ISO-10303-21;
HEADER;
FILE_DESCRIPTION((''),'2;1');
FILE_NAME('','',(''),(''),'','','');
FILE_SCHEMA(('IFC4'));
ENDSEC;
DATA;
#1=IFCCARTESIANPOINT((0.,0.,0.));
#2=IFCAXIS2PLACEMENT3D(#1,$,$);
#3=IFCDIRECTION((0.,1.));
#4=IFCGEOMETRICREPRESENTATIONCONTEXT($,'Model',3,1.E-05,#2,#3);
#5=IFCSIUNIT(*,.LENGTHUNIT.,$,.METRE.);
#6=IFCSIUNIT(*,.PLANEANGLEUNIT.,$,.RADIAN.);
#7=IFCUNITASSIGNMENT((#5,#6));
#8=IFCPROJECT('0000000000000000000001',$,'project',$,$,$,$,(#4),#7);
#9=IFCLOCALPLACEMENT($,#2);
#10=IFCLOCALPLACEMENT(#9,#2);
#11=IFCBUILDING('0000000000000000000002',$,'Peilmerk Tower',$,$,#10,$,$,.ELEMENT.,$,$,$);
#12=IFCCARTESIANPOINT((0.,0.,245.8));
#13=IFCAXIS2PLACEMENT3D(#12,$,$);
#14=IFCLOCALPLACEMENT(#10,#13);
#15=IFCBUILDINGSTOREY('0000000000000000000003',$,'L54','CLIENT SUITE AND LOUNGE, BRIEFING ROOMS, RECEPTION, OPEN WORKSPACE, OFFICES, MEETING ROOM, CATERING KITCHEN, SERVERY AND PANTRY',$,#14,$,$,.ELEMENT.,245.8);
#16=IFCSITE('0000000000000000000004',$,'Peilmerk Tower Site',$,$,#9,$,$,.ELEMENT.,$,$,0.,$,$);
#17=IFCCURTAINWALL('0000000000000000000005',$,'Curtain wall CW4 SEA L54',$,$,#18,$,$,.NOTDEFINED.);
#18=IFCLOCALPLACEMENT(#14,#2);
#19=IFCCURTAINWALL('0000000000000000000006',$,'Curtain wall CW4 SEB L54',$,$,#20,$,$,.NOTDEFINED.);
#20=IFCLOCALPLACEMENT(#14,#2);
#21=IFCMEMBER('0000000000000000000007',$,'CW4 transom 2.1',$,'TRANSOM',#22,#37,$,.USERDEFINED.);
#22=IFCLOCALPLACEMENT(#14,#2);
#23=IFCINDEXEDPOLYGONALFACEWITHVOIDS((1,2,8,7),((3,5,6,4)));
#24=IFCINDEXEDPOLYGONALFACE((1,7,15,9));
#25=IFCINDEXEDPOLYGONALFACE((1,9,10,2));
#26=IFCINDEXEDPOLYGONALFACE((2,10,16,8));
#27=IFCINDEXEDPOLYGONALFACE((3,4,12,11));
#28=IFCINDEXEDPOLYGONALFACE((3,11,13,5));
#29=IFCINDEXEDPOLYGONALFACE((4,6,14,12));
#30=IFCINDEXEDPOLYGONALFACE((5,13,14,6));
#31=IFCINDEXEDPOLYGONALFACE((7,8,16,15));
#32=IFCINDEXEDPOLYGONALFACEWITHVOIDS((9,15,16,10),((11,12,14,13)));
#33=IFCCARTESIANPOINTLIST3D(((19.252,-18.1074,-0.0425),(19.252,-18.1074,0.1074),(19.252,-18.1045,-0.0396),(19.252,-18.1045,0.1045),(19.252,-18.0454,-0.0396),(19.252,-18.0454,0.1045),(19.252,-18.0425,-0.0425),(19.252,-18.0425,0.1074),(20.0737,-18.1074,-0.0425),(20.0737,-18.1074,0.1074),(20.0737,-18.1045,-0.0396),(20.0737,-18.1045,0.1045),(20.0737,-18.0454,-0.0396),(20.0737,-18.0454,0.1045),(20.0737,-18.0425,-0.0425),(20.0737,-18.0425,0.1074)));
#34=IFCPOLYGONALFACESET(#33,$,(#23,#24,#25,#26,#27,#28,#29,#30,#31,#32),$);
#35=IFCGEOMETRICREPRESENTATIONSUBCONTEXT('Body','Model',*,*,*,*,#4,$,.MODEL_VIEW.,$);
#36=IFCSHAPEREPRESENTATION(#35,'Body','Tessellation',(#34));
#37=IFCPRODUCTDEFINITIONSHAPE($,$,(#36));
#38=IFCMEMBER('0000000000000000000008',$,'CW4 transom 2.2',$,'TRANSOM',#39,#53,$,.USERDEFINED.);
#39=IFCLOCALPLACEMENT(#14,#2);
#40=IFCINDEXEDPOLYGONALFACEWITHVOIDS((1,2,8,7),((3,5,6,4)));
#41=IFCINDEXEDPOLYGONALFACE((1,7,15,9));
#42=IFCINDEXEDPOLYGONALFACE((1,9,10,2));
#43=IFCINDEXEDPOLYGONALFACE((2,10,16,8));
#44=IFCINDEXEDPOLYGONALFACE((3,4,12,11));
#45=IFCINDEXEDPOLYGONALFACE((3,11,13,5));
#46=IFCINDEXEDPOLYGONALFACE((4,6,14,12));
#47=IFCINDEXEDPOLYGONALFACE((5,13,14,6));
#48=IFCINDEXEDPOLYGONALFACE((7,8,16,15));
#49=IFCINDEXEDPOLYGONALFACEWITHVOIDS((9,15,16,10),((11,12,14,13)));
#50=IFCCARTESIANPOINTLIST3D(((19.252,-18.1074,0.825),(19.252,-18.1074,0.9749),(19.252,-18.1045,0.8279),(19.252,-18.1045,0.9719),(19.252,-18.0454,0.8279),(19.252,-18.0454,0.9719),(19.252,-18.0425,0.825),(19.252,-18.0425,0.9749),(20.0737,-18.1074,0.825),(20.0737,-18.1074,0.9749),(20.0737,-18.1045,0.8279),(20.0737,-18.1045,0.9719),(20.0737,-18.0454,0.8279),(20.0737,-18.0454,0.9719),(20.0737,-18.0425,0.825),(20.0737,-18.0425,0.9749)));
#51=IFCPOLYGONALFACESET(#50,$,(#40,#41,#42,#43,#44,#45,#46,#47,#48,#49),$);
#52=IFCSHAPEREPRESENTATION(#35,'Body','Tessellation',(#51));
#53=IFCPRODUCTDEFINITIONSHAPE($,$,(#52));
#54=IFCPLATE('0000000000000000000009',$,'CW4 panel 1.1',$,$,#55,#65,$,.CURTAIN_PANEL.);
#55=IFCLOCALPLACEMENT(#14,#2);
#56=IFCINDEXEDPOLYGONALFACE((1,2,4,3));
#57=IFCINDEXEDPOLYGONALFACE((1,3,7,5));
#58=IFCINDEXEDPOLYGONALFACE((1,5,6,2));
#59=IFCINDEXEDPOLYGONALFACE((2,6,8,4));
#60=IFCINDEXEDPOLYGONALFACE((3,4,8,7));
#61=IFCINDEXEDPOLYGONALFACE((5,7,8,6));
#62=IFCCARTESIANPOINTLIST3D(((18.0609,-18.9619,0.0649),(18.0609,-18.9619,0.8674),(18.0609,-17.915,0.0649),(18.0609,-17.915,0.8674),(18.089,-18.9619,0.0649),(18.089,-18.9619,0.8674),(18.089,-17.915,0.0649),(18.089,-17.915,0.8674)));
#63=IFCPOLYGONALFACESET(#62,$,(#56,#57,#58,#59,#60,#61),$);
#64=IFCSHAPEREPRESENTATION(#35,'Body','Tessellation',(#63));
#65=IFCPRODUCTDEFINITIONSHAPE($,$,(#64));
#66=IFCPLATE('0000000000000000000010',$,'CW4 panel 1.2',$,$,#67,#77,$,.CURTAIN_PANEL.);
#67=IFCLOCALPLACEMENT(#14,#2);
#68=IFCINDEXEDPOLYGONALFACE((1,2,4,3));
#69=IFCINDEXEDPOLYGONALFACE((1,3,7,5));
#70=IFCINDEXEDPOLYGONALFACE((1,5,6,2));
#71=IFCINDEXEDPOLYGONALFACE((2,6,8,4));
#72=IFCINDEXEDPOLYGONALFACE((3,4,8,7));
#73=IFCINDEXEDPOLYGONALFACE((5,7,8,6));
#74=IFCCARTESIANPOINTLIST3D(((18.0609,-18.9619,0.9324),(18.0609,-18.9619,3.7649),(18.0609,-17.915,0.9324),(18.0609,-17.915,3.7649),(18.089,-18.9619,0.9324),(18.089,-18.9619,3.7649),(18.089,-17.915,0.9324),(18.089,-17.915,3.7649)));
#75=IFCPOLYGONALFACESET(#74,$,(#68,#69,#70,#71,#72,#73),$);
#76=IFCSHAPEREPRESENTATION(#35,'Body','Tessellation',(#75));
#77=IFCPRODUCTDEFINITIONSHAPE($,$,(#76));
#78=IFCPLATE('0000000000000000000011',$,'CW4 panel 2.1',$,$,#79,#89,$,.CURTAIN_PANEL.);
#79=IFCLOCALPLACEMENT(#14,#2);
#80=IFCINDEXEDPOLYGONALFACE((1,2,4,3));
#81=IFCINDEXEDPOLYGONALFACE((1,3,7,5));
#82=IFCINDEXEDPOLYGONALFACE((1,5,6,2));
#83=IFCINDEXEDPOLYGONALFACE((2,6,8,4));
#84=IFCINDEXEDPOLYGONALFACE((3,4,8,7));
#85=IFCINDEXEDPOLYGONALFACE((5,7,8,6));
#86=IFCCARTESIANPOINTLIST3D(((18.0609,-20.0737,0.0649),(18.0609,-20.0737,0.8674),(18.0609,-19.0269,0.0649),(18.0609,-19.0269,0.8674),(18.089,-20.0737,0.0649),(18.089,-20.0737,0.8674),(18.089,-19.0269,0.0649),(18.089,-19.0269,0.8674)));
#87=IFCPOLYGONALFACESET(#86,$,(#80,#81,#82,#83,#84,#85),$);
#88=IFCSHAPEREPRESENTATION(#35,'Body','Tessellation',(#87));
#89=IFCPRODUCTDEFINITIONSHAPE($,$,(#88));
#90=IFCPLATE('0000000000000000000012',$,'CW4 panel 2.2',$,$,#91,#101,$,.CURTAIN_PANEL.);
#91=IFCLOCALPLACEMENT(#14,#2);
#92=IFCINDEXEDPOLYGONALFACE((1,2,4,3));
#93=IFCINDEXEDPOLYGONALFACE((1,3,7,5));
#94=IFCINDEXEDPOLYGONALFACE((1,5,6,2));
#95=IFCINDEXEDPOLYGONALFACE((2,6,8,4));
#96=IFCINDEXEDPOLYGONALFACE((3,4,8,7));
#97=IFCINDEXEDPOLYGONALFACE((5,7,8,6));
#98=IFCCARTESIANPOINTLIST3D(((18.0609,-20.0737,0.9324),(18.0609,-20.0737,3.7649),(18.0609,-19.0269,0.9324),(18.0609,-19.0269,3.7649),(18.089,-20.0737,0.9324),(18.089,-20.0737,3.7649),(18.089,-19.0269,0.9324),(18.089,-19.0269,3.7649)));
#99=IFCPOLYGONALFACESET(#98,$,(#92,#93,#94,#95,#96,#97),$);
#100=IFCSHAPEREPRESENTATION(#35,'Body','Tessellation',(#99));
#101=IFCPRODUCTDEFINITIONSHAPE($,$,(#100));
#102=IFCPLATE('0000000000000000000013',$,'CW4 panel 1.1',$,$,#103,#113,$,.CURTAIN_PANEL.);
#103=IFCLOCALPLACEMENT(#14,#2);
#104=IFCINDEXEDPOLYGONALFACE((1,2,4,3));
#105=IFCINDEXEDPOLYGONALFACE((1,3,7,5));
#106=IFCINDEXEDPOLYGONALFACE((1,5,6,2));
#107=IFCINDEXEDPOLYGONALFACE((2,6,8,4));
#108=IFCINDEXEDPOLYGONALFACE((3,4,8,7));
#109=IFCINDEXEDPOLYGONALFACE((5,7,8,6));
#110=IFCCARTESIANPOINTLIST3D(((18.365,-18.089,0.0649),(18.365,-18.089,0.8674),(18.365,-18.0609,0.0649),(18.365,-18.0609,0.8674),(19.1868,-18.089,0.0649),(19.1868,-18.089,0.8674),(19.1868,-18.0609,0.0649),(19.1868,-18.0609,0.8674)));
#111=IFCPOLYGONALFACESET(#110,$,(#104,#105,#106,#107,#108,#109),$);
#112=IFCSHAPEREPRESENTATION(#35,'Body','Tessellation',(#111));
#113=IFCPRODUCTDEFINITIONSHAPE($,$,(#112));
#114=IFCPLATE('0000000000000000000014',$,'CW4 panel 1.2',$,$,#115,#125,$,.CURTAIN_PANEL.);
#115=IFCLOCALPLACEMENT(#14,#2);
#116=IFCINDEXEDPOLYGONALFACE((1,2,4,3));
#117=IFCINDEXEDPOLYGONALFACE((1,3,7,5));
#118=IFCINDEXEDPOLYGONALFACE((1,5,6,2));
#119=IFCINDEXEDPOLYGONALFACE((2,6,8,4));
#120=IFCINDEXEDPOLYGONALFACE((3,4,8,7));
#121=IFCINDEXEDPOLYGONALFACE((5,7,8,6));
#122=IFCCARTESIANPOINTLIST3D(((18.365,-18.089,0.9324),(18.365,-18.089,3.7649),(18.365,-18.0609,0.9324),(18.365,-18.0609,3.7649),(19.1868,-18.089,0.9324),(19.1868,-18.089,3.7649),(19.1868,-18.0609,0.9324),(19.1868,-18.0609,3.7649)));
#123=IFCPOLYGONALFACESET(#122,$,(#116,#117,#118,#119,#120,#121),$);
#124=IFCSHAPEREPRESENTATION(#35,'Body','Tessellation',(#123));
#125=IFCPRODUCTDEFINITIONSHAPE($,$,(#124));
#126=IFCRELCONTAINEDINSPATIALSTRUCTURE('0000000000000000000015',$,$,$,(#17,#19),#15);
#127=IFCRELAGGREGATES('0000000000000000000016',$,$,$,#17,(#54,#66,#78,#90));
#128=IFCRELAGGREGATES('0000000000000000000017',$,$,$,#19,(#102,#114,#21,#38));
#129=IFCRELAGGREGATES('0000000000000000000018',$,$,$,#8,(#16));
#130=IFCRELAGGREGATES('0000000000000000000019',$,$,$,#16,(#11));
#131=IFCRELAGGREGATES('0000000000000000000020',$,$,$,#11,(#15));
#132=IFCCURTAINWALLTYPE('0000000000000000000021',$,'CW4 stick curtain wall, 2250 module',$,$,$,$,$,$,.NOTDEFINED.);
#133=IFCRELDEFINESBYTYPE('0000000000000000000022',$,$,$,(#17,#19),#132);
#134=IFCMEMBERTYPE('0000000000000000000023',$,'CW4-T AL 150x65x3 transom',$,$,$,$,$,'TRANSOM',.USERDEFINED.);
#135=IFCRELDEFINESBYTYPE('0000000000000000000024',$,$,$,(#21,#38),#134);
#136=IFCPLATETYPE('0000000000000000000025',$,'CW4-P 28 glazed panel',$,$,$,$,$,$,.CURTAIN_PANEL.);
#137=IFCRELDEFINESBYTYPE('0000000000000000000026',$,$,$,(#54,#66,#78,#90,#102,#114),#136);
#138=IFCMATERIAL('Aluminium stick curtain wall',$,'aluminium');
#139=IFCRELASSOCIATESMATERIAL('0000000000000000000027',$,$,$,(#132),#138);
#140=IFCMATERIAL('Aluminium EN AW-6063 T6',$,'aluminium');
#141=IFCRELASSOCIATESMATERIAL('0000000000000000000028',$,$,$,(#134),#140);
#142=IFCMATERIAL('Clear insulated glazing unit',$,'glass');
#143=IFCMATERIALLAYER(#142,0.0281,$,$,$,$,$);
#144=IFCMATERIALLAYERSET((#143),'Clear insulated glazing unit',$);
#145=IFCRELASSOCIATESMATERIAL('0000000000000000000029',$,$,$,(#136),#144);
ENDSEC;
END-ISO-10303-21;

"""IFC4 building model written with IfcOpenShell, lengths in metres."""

from ifc_helpers import new_model, si_unit, direction, frame, origin, origin_2d, place, context, subcontext, project, spatial, rectangle, hollow_rectangle, extrude, material, layer, layer_set, material_profile, profile_set, type_object, element, aggregate, save


model = new_model("IFC4")

# Units and contexts
model_context = context("Model", 3, precision=1e-05, world=origin(), true_north=direction((0.0, 1.0)))
body_context = subcontext(model_context, "Body", "Model", "MODEL_VIEW")
ifc_project = project(units=[si_unit("LENGTHUNIT", "METRE"), si_unit("PLANEANGLEUNIT", "RADIAN")], contexts=[model_context])

# Site, building, storey
site_placement = place(None, origin())
site = spatial("IfcSite", under=ifc_project, at=site_placement, Name="Peilmerk Tower Site", CompositionType="ELEMENT", RefElevation=0.0)
building_placement = place(site_placement, origin())
building = spatial("IfcBuilding", under=site, at=building_placement, Name="Peilmerk Tower", CompositionType="ELEMENT")
storey_placement = place(building_placement, frame((0.0, 0.0, 245.8)))
storey = spatial("IfcBuildingStorey", under=building, at=storey_placement, Name="L54", Description="CLIENT SUITE AND LOUNGE, BRIEFING ROOMS, RECEPTION, OPEN WORKSPACE, OFFICES, MEETING ROOM, CATERING KITCHEN, SERVERY AND PANTRY", CompositionType="ELEMENT", Elevation=245.8)

# Curtain walls
ifc_material_1 = material(Name="Aluminium stick curtain wall", Category="aluminium")
curtain_wall_type = type_object("IfcCurtainWallType", Name="CW4 stick curtain wall, 2250 module", PredefinedType="NOTDEFINED", material=ifc_material_1)
curtain_wall_1_placement = place(storey_placement, origin())
curtain_wall_1 = element("IfcCurtainWall", 1, at=curtain_wall_1_placement, inside=storey, type_object=curtain_wall_type, Name="Curtain wall CW4 SEA L54", PredefinedType="NOTDEFINED")
ifc_material_2 = material(Name="Aluminium EN AW-6063 T6", Category="aluminium")
curtain_wall_2_placement = place(storey_placement, origin())
curtain_wall_2 = element("IfcCurtainWall", 2, at=curtain_wall_2_placement, inside=storey, type_object=curtain_wall_type, Name="Curtain wall CW4 SEB L54", PredefinedType="NOTDEFINED")

# Members
ifc_material_profile_1 = material_profile(ifc_material_2, hollow_rectangle(XDim=0.0649, YDim=0.1499, WallThickness=0.0029, at=origin_2d()), Name="AL 150x65x3")
ifc_profile_set_1 = profile_set([ifc_material_profile_1], Name="Aluminium EN AW-6063 T6")
member_type_1 = type_object("IfcMemberType", Name="CW4-T AL 150x65x3 transom", ElementType="TRANSOM", PredefinedType="USERDEFINED", material=ifc_profile_set_1)
member_1_placement = place(storey_placement, frame((19.252, -18.075, 0.0325), z_axis=(1.0, 0.0, 0.0), x_axis=(0.0, 1.0, 0.0)))
member_1 = element("IfcMember", 3, at=member_1_placement, type_object=member_type_1, Name="CW4 transom 2.1", ObjectType="TRANSOM", PredefinedType="USERDEFINED", context=body_context, shape_type="SweptSolid", body=[
    extrude(hollow_rectangle(XDim=0.0649, YDim=0.1499, WallThickness=0.0029, at=origin_2d()), origin(), (0.0, 0.0, 1.0), 0.8218),
])
member_2_placement = place(storey_placement, frame((19.252, -18.075, 0.8999), z_axis=(1.0, 0.0, 0.0), x_axis=(0.0, 1.0, 0.0)))
member_2 = element("IfcMember", 4, at=member_2_placement, type_object=member_type_1, Name="CW4 transom 2.2", ObjectType="TRANSOM", PredefinedType="USERDEFINED", context=body_context, shape_type="SweptSolid", body=[
    extrude(hollow_rectangle(XDim=0.0649, YDim=0.1499, WallThickness=0.0029, at=origin_2d()), origin(), (0.0, 0.0, 1.0), 0.8218),
])

# Plates
ifc_material_3 = material(Name="Clear insulated glazing unit", Category="glass")
ifc_layer_1 = layer(ifc_material_3, 0.0281)
ifc_layer_set_1 = layer_set([ifc_layer_1], Name="Clear insulated glazing unit")
plate_type = type_object("IfcPlateType", Name="CW4-P 28 glazed panel", PredefinedType="CURTAIN_PANEL", material=ifc_layer_set_1)
plate_1_placement = place(storey_placement, frame((18.075, -18.4385, 0.0649), z_axis=(0.0, 0.0, 1.0), x_axis=(0.0, -1.0, 0.0)))
plate_1 = element("IfcPlate", 5, at=plate_1_placement, type_object=plate_type, Name="CW4 panel 1.1", PredefinedType="CURTAIN_PANEL", context=body_context, shape_type="SweptSolid", body=[
    extrude(rectangle(XDim=1.0469, YDim=0.0281, at=origin_2d()), origin(), (0.0, 0.0, 1.0), 0.8025),
])
plate_2_placement = place(storey_placement, frame((18.075, -18.4385, 0.9324), z_axis=(0.0, 0.0, 1.0), x_axis=(0.0, -1.0, 0.0)))
plate_2 = element("IfcPlate", 6, at=plate_2_placement, type_object=plate_type, Name="CW4 panel 1.2", PredefinedType="CURTAIN_PANEL", context=body_context, shape_type="SweptSolid", body=[
    extrude(rectangle(XDim=1.0469, YDim=0.0281, at=origin_2d()), origin(), (0.0, 0.0, 1.0), 2.8325),
])
plate_3_placement = place(storey_placement, frame((18.075, -19.5503, 0.0649), z_axis=(0.0, 0.0, 1.0), x_axis=(0.0, -1.0, 0.0)))
plate_3 = element("IfcPlate", 7, at=plate_3_placement, type_object=plate_type, Name="CW4 panel 2.1", PredefinedType="CURTAIN_PANEL", context=body_context, shape_type="SweptSolid", body=[
    extrude(rectangle(XDim=1.0469, YDim=0.0281, at=origin_2d()), origin(), (0.0, 0.0, 1.0), 0.8025),
])
plate_4_placement = place(storey_placement, frame((18.075, -19.5503, 0.9324), z_axis=(0.0, 0.0, 1.0), x_axis=(0.0, -1.0, 0.0)))
plate_4 = element("IfcPlate", 8, at=plate_4_placement, type_object=plate_type, Name="CW4 panel 2.2", PredefinedType="CURTAIN_PANEL", context=body_context, shape_type="SweptSolid", body=[
    extrude(rectangle(XDim=1.0469, YDim=0.0281, at=origin_2d()), origin(), (0.0, 0.0, 1.0), 2.8325),
])
aggregate(curtain_wall_1, [plate_1, plate_2, plate_3, plate_4])
plate_5_placement = place(storey_placement, frame((18.7759, -18.075, 0.0649), z_axis=(0.0, 0.0, 1.0), x_axis=(1.0, 0.0, 0.0)))
plate_5 = element("IfcPlate", 9, at=plate_5_placement, type_object=plate_type, Name="CW4 panel 1.1", PredefinedType="CURTAIN_PANEL", context=body_context, shape_type="SweptSolid", body=[
    extrude(rectangle(XDim=0.8218, YDim=0.0281, at=origin_2d()), origin(), (0.0, 0.0, 1.0), 0.8025),
])
plate_6_placement = place(storey_placement, frame((18.7759, -18.075, 0.9324), z_axis=(0.0, 0.0, 1.0), x_axis=(1.0, 0.0, 0.0)))
plate_6 = element("IfcPlate", 10, at=plate_6_placement, type_object=plate_type, Name="CW4 panel 1.2", PredefinedType="CURTAIN_PANEL", context=body_context, shape_type="SweptSolid", body=[
    extrude(rectangle(XDim=0.8218, YDim=0.0281, at=origin_2d()), origin(), (0.0, 0.0, 1.0), 2.8325),
])
aggregate(curtain_wall_2, [plate_5, plate_6, member_1, member_2])

save(model, "model.ifc")
